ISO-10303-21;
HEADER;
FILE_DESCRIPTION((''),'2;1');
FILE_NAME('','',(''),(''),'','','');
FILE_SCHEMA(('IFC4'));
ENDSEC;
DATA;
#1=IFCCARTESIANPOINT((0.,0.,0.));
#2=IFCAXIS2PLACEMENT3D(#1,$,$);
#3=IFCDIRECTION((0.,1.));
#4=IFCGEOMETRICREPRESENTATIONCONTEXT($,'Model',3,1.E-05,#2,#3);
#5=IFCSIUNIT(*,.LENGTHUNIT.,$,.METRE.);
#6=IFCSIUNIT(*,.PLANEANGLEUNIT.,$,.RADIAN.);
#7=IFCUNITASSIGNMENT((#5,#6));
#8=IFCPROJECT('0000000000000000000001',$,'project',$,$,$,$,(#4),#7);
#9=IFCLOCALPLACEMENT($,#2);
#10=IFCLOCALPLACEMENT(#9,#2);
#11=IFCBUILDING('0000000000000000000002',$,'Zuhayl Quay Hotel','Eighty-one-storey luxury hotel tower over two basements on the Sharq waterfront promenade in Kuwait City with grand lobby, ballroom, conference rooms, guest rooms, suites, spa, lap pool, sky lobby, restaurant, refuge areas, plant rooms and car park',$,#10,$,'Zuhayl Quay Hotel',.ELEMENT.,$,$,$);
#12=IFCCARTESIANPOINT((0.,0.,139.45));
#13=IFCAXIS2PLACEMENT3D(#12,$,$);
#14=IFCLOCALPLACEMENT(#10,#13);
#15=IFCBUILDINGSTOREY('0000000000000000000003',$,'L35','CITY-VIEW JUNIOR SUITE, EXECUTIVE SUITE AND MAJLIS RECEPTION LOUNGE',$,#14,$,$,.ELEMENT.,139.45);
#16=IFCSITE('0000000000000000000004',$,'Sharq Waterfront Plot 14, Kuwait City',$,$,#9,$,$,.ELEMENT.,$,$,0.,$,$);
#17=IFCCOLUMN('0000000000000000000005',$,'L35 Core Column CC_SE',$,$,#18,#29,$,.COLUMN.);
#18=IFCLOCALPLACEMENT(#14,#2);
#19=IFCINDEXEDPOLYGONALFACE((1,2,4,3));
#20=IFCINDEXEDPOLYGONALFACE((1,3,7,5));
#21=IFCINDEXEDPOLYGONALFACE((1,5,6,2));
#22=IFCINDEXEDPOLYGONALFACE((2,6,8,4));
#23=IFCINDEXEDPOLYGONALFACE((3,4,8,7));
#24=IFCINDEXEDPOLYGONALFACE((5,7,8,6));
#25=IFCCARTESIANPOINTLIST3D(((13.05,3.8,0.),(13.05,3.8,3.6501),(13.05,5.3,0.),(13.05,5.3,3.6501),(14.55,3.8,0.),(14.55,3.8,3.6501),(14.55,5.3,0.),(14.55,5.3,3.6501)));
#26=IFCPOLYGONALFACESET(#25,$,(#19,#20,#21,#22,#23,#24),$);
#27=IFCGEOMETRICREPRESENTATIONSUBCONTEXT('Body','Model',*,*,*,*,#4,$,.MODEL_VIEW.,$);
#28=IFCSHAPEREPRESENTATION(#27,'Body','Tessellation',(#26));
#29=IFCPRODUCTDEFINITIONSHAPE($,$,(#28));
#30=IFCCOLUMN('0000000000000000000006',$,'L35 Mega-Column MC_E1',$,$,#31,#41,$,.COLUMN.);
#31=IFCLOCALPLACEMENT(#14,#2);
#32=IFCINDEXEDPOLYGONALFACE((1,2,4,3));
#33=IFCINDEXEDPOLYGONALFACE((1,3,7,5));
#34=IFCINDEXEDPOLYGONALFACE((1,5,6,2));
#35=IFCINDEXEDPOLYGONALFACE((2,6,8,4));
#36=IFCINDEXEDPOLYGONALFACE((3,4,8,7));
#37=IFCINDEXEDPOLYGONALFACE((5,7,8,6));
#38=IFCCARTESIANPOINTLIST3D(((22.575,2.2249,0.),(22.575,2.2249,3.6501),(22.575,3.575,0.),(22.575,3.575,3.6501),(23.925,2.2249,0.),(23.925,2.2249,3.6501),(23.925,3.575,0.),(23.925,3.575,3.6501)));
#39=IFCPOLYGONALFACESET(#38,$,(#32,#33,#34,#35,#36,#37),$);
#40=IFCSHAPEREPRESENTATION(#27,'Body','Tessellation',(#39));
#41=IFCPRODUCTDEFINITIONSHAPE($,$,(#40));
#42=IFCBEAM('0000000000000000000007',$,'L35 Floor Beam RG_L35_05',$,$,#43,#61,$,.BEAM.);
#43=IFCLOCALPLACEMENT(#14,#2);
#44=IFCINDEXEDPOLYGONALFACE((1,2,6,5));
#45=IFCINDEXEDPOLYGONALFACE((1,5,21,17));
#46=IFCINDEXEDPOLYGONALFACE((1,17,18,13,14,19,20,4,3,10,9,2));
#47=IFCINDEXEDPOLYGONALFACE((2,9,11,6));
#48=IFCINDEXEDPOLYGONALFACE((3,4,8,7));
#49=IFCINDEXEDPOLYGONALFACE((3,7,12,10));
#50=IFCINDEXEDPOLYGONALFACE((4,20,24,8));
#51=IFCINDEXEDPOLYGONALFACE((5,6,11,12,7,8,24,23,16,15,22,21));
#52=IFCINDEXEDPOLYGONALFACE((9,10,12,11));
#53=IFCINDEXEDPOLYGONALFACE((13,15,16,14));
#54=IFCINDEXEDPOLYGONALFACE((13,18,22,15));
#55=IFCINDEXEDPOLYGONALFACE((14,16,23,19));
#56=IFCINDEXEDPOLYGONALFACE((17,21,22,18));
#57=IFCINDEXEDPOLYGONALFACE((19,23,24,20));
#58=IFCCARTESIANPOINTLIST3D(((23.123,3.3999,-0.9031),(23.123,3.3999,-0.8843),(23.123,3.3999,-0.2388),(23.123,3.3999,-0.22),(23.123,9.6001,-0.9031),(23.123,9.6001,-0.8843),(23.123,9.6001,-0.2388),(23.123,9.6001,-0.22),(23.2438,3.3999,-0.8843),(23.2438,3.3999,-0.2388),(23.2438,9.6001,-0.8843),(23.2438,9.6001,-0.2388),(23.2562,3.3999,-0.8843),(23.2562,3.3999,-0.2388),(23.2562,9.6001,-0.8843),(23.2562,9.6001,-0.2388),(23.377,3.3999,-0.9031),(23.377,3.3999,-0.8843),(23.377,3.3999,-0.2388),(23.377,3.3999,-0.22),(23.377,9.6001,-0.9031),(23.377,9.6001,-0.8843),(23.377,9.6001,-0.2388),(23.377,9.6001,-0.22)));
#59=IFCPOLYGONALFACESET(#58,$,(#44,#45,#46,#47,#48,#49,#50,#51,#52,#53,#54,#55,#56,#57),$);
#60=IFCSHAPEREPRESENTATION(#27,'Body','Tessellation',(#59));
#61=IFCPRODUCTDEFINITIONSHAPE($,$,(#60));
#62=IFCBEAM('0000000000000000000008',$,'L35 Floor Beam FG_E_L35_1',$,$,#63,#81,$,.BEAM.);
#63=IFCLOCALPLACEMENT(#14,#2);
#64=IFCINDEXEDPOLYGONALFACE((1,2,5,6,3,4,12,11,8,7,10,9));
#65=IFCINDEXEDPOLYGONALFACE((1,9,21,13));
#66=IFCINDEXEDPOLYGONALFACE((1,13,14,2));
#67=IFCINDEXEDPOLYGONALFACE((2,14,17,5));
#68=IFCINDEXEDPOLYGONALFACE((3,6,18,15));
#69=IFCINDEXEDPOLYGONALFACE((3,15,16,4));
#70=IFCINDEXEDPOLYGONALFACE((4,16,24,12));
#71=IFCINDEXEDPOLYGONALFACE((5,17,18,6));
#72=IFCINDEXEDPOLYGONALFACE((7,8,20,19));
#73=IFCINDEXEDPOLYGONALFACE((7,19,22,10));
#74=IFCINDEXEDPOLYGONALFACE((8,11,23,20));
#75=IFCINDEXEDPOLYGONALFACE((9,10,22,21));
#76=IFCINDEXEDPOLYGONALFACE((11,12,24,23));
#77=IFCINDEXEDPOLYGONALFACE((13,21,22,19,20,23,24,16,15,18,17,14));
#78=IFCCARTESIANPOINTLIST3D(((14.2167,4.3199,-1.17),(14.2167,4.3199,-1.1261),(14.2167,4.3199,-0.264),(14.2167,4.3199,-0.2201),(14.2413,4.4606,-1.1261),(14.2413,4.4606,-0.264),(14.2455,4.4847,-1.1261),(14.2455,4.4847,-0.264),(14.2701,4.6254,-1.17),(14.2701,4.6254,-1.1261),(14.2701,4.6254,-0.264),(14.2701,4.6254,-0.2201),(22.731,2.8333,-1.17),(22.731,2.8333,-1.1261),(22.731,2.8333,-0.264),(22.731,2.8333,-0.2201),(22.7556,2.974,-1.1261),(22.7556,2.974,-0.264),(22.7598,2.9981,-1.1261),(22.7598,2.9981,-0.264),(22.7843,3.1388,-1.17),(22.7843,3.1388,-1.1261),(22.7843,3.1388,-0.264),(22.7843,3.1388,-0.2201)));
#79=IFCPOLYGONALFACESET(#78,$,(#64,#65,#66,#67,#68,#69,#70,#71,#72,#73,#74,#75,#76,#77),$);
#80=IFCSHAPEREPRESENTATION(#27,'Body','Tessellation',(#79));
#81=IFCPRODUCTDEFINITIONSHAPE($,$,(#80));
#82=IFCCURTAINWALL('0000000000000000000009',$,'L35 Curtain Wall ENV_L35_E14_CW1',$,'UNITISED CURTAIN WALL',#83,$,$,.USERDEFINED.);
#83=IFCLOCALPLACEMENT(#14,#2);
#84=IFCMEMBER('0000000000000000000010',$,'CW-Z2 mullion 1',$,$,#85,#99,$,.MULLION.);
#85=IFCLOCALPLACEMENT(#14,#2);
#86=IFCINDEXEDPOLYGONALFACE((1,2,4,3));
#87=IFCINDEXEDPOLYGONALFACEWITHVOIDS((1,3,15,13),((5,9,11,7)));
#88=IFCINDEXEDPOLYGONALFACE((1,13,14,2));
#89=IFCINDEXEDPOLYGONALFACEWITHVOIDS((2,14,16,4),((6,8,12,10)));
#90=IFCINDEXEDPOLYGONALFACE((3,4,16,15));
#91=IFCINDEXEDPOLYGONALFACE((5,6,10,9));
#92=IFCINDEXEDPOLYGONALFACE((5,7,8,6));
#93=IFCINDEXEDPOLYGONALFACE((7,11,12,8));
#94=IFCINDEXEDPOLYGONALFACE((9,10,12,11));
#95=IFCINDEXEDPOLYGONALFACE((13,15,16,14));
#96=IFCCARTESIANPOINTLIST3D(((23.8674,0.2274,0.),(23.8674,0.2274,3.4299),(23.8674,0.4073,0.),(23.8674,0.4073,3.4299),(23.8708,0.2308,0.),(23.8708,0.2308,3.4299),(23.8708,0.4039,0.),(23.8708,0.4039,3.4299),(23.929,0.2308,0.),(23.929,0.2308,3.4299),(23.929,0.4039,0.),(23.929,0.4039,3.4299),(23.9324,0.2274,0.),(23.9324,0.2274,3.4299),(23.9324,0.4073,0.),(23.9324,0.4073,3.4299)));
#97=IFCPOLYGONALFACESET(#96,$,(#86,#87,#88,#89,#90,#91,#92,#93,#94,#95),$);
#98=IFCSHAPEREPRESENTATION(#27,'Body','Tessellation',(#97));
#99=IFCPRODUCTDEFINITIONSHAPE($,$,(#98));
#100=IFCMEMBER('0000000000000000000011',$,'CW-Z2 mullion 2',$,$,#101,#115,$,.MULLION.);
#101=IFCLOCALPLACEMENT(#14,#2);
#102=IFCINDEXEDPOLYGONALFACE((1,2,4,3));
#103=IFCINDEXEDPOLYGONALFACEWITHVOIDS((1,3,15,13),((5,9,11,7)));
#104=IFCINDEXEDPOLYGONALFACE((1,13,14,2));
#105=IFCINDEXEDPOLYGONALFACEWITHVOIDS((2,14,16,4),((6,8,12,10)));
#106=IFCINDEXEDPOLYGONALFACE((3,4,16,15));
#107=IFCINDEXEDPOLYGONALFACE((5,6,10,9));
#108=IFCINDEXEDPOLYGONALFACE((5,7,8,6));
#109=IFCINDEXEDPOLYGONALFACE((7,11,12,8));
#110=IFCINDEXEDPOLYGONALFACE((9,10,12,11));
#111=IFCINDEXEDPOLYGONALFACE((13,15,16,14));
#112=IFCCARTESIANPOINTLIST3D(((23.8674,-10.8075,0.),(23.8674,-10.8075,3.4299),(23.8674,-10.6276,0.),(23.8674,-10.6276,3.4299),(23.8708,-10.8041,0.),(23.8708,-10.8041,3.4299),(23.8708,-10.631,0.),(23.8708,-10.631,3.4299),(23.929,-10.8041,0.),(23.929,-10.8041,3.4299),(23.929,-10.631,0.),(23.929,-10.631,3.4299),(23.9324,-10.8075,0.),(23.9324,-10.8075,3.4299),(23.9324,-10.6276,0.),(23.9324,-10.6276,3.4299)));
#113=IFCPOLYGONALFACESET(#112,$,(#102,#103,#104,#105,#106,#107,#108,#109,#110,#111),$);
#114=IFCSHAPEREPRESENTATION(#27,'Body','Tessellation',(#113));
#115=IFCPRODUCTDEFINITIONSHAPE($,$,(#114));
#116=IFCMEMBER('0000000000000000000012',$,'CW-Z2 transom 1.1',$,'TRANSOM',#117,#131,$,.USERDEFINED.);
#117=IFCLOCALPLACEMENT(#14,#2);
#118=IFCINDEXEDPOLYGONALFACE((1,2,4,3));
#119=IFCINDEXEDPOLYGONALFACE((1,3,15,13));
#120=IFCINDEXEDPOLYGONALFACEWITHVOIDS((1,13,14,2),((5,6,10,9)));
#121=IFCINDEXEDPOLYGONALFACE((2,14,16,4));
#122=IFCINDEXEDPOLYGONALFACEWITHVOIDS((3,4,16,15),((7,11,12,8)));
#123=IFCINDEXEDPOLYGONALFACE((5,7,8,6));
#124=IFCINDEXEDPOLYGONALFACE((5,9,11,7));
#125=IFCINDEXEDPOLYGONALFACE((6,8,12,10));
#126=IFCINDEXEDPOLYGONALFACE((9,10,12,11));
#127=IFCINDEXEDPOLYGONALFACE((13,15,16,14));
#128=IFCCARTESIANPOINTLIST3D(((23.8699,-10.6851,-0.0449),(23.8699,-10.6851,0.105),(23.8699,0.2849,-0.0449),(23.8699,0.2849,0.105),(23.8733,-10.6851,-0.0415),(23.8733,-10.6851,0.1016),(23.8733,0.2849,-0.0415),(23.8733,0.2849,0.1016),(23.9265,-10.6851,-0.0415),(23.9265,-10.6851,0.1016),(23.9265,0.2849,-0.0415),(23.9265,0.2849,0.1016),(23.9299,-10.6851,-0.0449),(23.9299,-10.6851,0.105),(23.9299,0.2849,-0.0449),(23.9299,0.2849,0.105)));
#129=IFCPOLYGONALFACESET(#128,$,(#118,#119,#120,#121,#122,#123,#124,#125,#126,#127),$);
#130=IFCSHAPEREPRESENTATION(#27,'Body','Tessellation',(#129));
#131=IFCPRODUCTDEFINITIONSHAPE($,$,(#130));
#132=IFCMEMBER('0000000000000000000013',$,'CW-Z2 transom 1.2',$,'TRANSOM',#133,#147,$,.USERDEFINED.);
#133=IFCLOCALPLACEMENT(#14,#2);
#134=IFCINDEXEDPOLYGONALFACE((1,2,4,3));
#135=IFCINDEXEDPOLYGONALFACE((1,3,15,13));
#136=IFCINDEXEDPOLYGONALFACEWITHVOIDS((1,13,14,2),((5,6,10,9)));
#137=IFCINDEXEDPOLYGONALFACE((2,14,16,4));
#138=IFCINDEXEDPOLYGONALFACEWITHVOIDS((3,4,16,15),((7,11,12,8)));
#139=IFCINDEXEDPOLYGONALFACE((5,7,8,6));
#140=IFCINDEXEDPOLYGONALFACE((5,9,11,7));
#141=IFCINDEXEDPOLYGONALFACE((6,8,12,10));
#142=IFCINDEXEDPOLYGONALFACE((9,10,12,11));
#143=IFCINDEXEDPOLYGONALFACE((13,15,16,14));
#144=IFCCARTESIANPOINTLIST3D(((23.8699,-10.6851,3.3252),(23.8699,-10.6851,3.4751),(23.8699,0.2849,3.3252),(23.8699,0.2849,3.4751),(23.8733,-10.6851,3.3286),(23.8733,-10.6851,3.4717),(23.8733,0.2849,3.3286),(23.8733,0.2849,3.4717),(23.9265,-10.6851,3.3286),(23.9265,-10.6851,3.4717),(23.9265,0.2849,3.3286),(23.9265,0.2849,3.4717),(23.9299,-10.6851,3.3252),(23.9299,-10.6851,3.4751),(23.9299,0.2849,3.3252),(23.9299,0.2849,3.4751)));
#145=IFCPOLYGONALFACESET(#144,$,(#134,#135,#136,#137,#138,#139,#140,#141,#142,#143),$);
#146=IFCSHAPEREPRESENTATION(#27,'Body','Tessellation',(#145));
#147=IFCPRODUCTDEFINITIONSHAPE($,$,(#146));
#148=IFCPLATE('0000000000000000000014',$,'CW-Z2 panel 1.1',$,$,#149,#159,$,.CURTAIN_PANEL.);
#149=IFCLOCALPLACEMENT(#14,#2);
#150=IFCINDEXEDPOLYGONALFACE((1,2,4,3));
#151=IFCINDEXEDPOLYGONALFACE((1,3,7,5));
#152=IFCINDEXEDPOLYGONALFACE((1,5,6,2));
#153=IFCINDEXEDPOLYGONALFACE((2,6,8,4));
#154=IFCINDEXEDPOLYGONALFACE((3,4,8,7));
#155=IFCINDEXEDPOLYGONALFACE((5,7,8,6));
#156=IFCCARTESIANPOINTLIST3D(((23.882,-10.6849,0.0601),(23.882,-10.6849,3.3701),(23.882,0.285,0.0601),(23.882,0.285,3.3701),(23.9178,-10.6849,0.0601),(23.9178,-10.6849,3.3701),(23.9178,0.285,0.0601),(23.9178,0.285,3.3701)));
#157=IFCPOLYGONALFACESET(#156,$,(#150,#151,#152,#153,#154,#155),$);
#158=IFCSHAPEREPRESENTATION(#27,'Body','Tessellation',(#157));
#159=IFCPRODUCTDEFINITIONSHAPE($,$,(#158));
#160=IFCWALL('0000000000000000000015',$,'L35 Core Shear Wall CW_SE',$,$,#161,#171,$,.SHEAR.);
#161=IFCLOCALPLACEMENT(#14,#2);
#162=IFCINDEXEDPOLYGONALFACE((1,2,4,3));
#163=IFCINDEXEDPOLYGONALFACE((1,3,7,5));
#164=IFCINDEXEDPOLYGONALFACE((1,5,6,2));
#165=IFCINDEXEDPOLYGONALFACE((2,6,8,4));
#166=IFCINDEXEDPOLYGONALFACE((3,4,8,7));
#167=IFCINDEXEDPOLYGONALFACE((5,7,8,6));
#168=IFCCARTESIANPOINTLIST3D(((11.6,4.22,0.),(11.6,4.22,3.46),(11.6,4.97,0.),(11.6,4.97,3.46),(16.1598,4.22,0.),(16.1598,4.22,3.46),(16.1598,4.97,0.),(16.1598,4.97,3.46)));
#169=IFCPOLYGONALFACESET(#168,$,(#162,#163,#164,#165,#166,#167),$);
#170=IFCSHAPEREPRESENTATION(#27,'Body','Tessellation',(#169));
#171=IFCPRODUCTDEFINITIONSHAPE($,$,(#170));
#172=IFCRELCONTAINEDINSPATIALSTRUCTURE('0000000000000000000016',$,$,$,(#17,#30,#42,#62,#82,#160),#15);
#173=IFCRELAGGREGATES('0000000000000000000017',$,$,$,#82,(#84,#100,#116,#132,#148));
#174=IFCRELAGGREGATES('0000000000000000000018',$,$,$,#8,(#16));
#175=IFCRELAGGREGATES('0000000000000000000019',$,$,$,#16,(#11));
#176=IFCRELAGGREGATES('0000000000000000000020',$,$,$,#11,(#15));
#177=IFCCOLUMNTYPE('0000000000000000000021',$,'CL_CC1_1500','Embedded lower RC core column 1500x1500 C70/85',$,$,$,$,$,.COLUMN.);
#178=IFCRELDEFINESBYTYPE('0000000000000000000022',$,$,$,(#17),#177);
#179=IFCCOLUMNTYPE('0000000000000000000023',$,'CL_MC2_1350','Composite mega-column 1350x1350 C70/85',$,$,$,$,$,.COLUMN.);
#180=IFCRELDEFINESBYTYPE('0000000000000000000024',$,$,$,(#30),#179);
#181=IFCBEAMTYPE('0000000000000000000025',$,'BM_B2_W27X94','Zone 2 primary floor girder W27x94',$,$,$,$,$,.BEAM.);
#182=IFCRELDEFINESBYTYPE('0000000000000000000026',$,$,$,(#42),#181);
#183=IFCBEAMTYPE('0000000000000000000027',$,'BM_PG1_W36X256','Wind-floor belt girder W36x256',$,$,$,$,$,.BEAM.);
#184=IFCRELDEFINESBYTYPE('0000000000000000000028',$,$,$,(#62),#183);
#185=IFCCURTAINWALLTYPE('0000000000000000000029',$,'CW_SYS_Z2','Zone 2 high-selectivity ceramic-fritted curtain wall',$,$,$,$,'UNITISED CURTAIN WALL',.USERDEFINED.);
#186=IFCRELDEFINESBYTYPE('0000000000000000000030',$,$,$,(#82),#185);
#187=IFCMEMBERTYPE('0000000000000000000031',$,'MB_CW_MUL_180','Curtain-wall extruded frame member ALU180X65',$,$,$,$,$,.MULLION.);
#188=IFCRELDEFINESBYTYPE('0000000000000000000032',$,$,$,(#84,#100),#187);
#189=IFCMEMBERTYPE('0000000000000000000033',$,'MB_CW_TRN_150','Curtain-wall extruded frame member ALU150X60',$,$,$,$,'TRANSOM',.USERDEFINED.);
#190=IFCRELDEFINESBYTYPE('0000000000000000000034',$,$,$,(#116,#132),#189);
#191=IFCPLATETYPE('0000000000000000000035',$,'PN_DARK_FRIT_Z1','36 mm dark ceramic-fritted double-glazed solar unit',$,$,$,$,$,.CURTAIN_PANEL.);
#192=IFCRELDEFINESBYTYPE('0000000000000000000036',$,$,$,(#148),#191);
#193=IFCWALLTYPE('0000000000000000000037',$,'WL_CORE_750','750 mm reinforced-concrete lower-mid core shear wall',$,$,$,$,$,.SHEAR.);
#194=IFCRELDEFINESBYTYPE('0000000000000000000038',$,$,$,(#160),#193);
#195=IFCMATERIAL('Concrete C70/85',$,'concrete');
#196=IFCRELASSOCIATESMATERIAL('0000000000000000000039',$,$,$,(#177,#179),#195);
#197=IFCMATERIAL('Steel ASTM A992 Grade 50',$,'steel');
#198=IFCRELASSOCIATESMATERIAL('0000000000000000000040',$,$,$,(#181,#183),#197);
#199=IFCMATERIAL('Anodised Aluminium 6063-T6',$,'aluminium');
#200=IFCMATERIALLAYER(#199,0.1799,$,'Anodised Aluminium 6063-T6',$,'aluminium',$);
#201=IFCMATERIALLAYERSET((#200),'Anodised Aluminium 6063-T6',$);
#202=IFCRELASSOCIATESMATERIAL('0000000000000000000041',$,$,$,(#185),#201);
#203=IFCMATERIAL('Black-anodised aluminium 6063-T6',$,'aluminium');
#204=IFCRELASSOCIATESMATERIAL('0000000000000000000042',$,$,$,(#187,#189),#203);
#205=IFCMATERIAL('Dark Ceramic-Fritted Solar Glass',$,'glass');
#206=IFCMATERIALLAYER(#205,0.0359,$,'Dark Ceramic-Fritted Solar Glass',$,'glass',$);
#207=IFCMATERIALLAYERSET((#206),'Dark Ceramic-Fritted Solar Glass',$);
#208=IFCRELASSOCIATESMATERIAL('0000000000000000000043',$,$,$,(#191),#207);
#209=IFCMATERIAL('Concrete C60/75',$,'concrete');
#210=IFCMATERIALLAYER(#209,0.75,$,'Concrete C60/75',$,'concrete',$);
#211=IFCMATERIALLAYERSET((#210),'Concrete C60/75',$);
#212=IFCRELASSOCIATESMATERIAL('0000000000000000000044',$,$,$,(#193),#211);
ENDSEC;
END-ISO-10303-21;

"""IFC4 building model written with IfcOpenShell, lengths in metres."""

from ifc_helpers import new_model, si_unit, direction, frame, frame_2d, origin, origin_2d, place, context, subcontext, project, spatial, rectangle, hollow_rectangle, i_section, extrude, material, layer, layer_set, material_profile, profile_set, type_object, element, aggregate, save


model = new_model("IFC4")

# Units and contexts
model_context = context("Model", 3, precision=1e-05, world=origin(), true_north=direction((0.0, 1.0)))
body_context = subcontext(model_context, "Body", "Model", "MODEL_VIEW")
ifc_project = project(units=[si_unit("LENGTHUNIT", "METRE"), si_unit("PLANEANGLEUNIT", "RADIAN")], contexts=[model_context])

# Site, building, storey
site_placement = place(None, origin())
site = spatial("IfcSite", under=ifc_project, at=site_placement, Name="Sharq Waterfront Plot 14, Kuwait City", CompositionType="ELEMENT", RefElevation=0.0)
building_placement = place(site_placement, origin())
building = spatial("IfcBuilding", under=site, at=building_placement, Name="Zuhayl Quay Hotel", Description="Eighty-one-storey luxury hotel tower over two basements on the Sharq waterfront promenade in Kuwait City with grand lobby, ballroom, conference rooms, guest rooms, suites, spa, lap pool, sky lobby, restaurant, refuge areas, plant rooms and car park", LongName="Zuhayl Quay Hotel", CompositionType="ELEMENT")
storey_placement = place(building_placement, frame((0.0, 0.0, 139.45)))
storey = spatial("IfcBuildingStorey", under=building, at=storey_placement, Name="L35", Description="CITY-VIEW JUNIOR SUITE, EXECUTIVE SUITE AND MAJLIS RECEPTION LOUNGE", CompositionType="ELEMENT", Elevation=139.45)

# Columns
ifc_material_1 = material(Name="Concrete C70/85", Category="concrete")
ifc_material_profile_1 = material_profile(ifc_material_1, rectangle(XDim=1.5, YDim=1.5, at=origin_2d()), Name="RC1500X1500")
ifc_profile_set_1 = profile_set([ifc_material_profile_1], Name="Concrete C70/85")
column_type_1 = type_object("IfcColumnType", Name="CL_CC1_1500", Description="Embedded lower RC core column 1500x1500 C70/85", PredefinedType="COLUMN", material=ifc_profile_set_1)
column_1_placement = place(storey_placement, frame((13.8, 4.55, 0.0), z_axis=(0.0, 0.0, 1.0), x_axis=(1.0, 0.0, 0.0)))
element("IfcColumn", 1, at=column_1_placement, inside=storey, type_object=column_type_1, Name="L35 Core Column CC_SE", PredefinedType="COLUMN", context=body_context, shape_type="SweptSolid", body=[
    extrude(rectangle(XDim=1.5, YDim=1.5, at=origin_2d()), origin(), (0.0, 0.0, 1.0), 3.6501),
])
ifc_material_profile_2 = material_profile(ifc_material_1, rectangle(XDim=1.3501, YDim=1.3501, at=origin_2d()), Name="RC1350X1350")
ifc_profile_set_2 = profile_set([ifc_material_profile_2], Name="Concrete C70/85")
column_type_2 = type_object("IfcColumnType", Name="CL_MC2_1350", Description="Composite mega-column 1350x1350 C70/85", PredefinedType="COLUMN", material=ifc_profile_set_2)
column_2_placement = place(storey_placement, frame((23.25, 2.8999, 0.0), z_axis=(0.0, 0.0, 1.0), x_axis=(1.0, 0.0, 0.0)))
element("IfcColumn", 2, at=column_2_placement, inside=storey, type_object=column_type_2, Name="L35 Mega-Column MC_E1", PredefinedType="COLUMN", context=body_context, shape_type="SweptSolid", body=[
    extrude(rectangle(XDim=1.3501, YDim=1.3501, at=origin_2d()), origin(), (0.0, 0.0, 1.0), 3.6501),
])

# Beams
ifc_material_2 = material(Name="Steel ASTM A992 Grade 50", Category="steel")
ifc_material_profile_3 = material_profile(ifc_material_2, i_section(OverallWidth=0.2539, OverallDepth=0.6831, WebThickness=0.0125, FlangeThickness=0.0188, at=origin_2d()), Name="W27X94")
ifc_profile_set_3 = profile_set([ifc_material_profile_3], Name="Steel ASTM A992 Grade 50")
beam_type_1 = type_object("IfcBeamType", Name="BM_B2_W27X94", Description="Zone 2 primary floor girder W27x94", PredefinedType="BEAM", material=ifc_profile_set_3)
beam_1_placement = place(storey_placement, frame((23.25, 3.3999, -0.5615), z_axis=(0.0, 1.0, 0.0), x_axis=(-1.0, 0.0, 0.0)))
element("IfcBeam", 3, at=beam_1_placement, inside=storey, type_object=beam_type_1, Name="L35 Floor Beam RG_L35_05", PredefinedType="BEAM", context=body_context, shape_type="SweptSolid", body=[
    extrude(i_section(OverallWidth=0.2539, OverallDepth=0.6831, WebThickness=0.0125, FlangeThickness=0.0188, at=origin_2d()), origin(), (0.0, 0.0, 1.0), 6.2002),
])
ifc_material_profile_4 = material_profile(ifc_material_2, i_section(OverallWidth=0.3101, OverallDepth=0.95, WebThickness=0.0244, FlangeThickness=0.0439, at=origin_2d()), Name="W36X256")
ifc_profile_set_4 = profile_set([ifc_material_profile_4], Name="Steel ASTM A992 Grade 50")
beam_type_2 = type_object("IfcBeamType", Name="BM_PG1_W36X256", Description="Wind-floor belt girder W36x256", PredefinedType="BEAM", material=ifc_profile_set_4)
beam_2_placement = place(storey_placement, frame((14.2434, 4.4727, -0.6951), z_axis=(0.985097, -0.171998, 0.0), x_axis=(0.171998, 0.985097, 0.0)))
element("IfcBeam", 4, at=beam_2_placement, inside=storey, type_object=beam_type_2, Name="L35 Floor Beam FG_E_L35_1", PredefinedType="BEAM", context=body_context, shape_type="SweptSolid", body=[
    extrude(i_section(OverallWidth=0.3101, OverallDepth=0.95, WebThickness=0.0244, FlangeThickness=0.0439, at=origin_2d()), origin(), (0.0, 0.0, 1.0), 8.6431),
])

# Curtain wall, members, plate
ifc_material_3 = material(Name="Anodised Aluminium 6063-T6", Category="aluminium")
ifc_layer_1 = layer(ifc_material_3, 0.1799, Name="Anodised Aluminium 6063-T6", Category="aluminium")
ifc_layer_set_1 = layer_set([ifc_layer_1], Name="Anodised Aluminium 6063-T6")
curtain_wall_type = type_object("IfcCurtainWallType", Name="CW_SYS_Z2", Description="Zone 2 high-selectivity ceramic-fritted curtain wall", ElementType="UNITISED CURTAIN WALL", PredefinedType="USERDEFINED", material=ifc_layer_set_1)
curtain_wall_placement = place(storey_placement, origin())
curtain_wall = element("IfcCurtainWall", 5, at=curtain_wall_placement, inside=storey, type_object=curtain_wall_type, Name="L35 Curtain Wall ENV_L35_E14_CW1", ObjectType="UNITISED CURTAIN WALL", PredefinedType="USERDEFINED")
ifc_material_4 = material(Name="Black-anodised aluminium 6063-T6", Category="aluminium")
ifc_material_profile_5 = material_profile(ifc_material_4, hollow_rectangle(XDim=0.0649, YDim=0.1799, WallThickness=0.0034, at=origin_2d()), Name="ALU180X65")
ifc_profile_set_5 = profile_set([ifc_material_profile_5], Name="Black-anodised aluminium 6063-T6")
member_type_1 = type_object("IfcMemberType", Name="MB_CW_MUL_180", Description="Curtain-wall extruded frame member ALU180X65", PredefinedType="MULLION", material=ifc_profile_set_5)
member_1_placement = place(storey_placement, frame((23.8999, 0.3174, 0.0), z_axis=(0.0, 0.0, 1.0), x_axis=(1.0, 0.0, 0.0)))
member_1 = element("IfcMember", 6, at=member_1_placement, type_object=member_type_1, Name="CW-Z2 mullion 1", PredefinedType="MULLION", context=body_context, shape_type="SweptSolid", body=[
    extrude(hollow_rectangle(XDim=0.0649, YDim=0.1799, WallThickness=0.0034, at=origin_2d()), origin(), (0.0, 0.0, 1.0), 3.4299),
])
member_2_placement = place(storey_placement, frame((23.8999, -10.7175, 0.0), z_axis=(0.0, 0.0, 1.0), x_axis=(1.0, 0.0, 0.0)))
member_2 = element("IfcMember", 7, at=member_2_placement, type_object=member_type_1, Name="CW-Z2 mullion 2", PredefinedType="MULLION", context=body_context, shape_type="SweptSolid", body=[
    extrude(hollow_rectangle(XDim=0.0649, YDim=0.1799, WallThickness=0.0034, at=origin_2d()), origin(), (0.0, 0.0, 1.0), 3.4299),
])
ifc_material_profile_6 = material_profile(ifc_material_4, hollow_rectangle(XDim=0.0601, YDim=0.1499, WallThickness=0.0034, at=origin_2d()), Name="ALU150X60")
ifc_profile_set_6 = profile_set([ifc_material_profile_6], Name="Black-anodised aluminium 6063-T6")
member_type_2 = type_object("IfcMemberType", Name="MB_CW_TRN_150", Description="Curtain-wall extruded frame member ALU150X60", ElementType="TRANSOM", PredefinedType="USERDEFINED", material=ifc_profile_set_6)
member_3_placement = place(storey_placement, frame((23.8999, 0.2849, 0.03), z_axis=(0.0, -1.0, 0.0), x_axis=(1.0, 0.0, 0.0)))
member_3 = element("IfcMember", 8, at=member_3_placement, type_object=member_type_2, Name="CW-Z2 transom 1.1", ObjectType="TRANSOM", PredefinedType="USERDEFINED", context=body_context, shape_type="SweptSolid", body=[
    extrude(hollow_rectangle(XDim=0.0601, YDim=0.1499, WallThickness=0.0034, at=origin_2d()), origin(), (0.0, 0.0, 1.0), 10.97),
])
member_4_placement = place(storey_placement, frame((23.8999, 0.2849, 3.4001), z_axis=(0.0, -1.0, 0.0), x_axis=(1.0, 0.0, 0.0)))
member_4 = element("IfcMember", 9, at=member_4_placement, type_object=member_type_2, Name="CW-Z2 transom 1.2", ObjectType="TRANSOM", PredefinedType="USERDEFINED", context=body_context, shape_type="SweptSolid", body=[
    extrude(hollow_rectangle(XDim=0.0601, YDim=0.1499, WallThickness=0.0034, at=origin_2d()), origin(), (0.0, 0.0, 1.0), 10.97),
])
ifc_material_5 = material(Name="Dark Ceramic-Fritted Solar Glass", Category="glass")
ifc_layer_2 = layer(ifc_material_5, 0.0359, Name="Dark Ceramic-Fritted Solar Glass", Category="glass")
ifc_layer_set_2 = layer_set([ifc_layer_2], Name="Dark Ceramic-Fritted Solar Glass")
plate_type = type_object("IfcPlateType", Name="PN_DARK_FRIT_Z1", Description="36 mm dark ceramic-fritted double-glazed solar unit", PredefinedType="CURTAIN_PANEL", material=ifc_layer_set_2)
plate_placement = place(storey_placement, frame((23.8999, -5.2, 0.0601), z_axis=(0.0, 0.0, 1.0), x_axis=(0.0, -1.0, 0.0)))
plate = element("IfcPlate", 10, at=plate_placement, type_object=plate_type, Name="CW-Z2 panel 1.1", PredefinedType="CURTAIN_PANEL", context=body_context, shape_type="SweptSolid", body=[
    extrude(rectangle(XDim=10.97, YDim=0.0359, at=origin_2d()), origin(), (0.0, 0.0, 1.0), 3.3101),
])
aggregate(curtain_wall, [member_1, member_2, member_3, member_4, plate])

# Wall
ifc_material_6 = material(Name="Concrete C60/75", Category="concrete")
ifc_layer_3 = layer(ifc_material_6, 0.75, Name="Concrete C60/75", Category="concrete")
ifc_layer_set_3 = layer_set([ifc_layer_3], Name="Concrete C60/75")
wall_type_1 = type_object("IfcWallType", Name="WL_CORE_750", Description="750 mm reinforced-concrete lower-mid core shear wall", PredefinedType="SHEAR", material=ifc_layer_set_3)
wall_1_placement = place(storey_placement, frame((11.6001, 4.595, 0.0), z_axis=(0.0, 0.0, 1.0), x_axis=(1.0, 0.0, 0.0)))
element("IfcWall", 11, at=wall_1_placement, inside=storey, type_object=wall_type_1, Name="L35 Core Shear Wall CW_SE", PredefinedType="SHEAR", context=body_context, shape_type="SweptSolid", body=[
    extrude(rectangle(XDim=4.5598, YDim=0.75, at=frame_2d((2.2798, 0.0))), origin(), (0.0, 0.0, 1.0), 3.46),
])

save(model, "model.ifc")
